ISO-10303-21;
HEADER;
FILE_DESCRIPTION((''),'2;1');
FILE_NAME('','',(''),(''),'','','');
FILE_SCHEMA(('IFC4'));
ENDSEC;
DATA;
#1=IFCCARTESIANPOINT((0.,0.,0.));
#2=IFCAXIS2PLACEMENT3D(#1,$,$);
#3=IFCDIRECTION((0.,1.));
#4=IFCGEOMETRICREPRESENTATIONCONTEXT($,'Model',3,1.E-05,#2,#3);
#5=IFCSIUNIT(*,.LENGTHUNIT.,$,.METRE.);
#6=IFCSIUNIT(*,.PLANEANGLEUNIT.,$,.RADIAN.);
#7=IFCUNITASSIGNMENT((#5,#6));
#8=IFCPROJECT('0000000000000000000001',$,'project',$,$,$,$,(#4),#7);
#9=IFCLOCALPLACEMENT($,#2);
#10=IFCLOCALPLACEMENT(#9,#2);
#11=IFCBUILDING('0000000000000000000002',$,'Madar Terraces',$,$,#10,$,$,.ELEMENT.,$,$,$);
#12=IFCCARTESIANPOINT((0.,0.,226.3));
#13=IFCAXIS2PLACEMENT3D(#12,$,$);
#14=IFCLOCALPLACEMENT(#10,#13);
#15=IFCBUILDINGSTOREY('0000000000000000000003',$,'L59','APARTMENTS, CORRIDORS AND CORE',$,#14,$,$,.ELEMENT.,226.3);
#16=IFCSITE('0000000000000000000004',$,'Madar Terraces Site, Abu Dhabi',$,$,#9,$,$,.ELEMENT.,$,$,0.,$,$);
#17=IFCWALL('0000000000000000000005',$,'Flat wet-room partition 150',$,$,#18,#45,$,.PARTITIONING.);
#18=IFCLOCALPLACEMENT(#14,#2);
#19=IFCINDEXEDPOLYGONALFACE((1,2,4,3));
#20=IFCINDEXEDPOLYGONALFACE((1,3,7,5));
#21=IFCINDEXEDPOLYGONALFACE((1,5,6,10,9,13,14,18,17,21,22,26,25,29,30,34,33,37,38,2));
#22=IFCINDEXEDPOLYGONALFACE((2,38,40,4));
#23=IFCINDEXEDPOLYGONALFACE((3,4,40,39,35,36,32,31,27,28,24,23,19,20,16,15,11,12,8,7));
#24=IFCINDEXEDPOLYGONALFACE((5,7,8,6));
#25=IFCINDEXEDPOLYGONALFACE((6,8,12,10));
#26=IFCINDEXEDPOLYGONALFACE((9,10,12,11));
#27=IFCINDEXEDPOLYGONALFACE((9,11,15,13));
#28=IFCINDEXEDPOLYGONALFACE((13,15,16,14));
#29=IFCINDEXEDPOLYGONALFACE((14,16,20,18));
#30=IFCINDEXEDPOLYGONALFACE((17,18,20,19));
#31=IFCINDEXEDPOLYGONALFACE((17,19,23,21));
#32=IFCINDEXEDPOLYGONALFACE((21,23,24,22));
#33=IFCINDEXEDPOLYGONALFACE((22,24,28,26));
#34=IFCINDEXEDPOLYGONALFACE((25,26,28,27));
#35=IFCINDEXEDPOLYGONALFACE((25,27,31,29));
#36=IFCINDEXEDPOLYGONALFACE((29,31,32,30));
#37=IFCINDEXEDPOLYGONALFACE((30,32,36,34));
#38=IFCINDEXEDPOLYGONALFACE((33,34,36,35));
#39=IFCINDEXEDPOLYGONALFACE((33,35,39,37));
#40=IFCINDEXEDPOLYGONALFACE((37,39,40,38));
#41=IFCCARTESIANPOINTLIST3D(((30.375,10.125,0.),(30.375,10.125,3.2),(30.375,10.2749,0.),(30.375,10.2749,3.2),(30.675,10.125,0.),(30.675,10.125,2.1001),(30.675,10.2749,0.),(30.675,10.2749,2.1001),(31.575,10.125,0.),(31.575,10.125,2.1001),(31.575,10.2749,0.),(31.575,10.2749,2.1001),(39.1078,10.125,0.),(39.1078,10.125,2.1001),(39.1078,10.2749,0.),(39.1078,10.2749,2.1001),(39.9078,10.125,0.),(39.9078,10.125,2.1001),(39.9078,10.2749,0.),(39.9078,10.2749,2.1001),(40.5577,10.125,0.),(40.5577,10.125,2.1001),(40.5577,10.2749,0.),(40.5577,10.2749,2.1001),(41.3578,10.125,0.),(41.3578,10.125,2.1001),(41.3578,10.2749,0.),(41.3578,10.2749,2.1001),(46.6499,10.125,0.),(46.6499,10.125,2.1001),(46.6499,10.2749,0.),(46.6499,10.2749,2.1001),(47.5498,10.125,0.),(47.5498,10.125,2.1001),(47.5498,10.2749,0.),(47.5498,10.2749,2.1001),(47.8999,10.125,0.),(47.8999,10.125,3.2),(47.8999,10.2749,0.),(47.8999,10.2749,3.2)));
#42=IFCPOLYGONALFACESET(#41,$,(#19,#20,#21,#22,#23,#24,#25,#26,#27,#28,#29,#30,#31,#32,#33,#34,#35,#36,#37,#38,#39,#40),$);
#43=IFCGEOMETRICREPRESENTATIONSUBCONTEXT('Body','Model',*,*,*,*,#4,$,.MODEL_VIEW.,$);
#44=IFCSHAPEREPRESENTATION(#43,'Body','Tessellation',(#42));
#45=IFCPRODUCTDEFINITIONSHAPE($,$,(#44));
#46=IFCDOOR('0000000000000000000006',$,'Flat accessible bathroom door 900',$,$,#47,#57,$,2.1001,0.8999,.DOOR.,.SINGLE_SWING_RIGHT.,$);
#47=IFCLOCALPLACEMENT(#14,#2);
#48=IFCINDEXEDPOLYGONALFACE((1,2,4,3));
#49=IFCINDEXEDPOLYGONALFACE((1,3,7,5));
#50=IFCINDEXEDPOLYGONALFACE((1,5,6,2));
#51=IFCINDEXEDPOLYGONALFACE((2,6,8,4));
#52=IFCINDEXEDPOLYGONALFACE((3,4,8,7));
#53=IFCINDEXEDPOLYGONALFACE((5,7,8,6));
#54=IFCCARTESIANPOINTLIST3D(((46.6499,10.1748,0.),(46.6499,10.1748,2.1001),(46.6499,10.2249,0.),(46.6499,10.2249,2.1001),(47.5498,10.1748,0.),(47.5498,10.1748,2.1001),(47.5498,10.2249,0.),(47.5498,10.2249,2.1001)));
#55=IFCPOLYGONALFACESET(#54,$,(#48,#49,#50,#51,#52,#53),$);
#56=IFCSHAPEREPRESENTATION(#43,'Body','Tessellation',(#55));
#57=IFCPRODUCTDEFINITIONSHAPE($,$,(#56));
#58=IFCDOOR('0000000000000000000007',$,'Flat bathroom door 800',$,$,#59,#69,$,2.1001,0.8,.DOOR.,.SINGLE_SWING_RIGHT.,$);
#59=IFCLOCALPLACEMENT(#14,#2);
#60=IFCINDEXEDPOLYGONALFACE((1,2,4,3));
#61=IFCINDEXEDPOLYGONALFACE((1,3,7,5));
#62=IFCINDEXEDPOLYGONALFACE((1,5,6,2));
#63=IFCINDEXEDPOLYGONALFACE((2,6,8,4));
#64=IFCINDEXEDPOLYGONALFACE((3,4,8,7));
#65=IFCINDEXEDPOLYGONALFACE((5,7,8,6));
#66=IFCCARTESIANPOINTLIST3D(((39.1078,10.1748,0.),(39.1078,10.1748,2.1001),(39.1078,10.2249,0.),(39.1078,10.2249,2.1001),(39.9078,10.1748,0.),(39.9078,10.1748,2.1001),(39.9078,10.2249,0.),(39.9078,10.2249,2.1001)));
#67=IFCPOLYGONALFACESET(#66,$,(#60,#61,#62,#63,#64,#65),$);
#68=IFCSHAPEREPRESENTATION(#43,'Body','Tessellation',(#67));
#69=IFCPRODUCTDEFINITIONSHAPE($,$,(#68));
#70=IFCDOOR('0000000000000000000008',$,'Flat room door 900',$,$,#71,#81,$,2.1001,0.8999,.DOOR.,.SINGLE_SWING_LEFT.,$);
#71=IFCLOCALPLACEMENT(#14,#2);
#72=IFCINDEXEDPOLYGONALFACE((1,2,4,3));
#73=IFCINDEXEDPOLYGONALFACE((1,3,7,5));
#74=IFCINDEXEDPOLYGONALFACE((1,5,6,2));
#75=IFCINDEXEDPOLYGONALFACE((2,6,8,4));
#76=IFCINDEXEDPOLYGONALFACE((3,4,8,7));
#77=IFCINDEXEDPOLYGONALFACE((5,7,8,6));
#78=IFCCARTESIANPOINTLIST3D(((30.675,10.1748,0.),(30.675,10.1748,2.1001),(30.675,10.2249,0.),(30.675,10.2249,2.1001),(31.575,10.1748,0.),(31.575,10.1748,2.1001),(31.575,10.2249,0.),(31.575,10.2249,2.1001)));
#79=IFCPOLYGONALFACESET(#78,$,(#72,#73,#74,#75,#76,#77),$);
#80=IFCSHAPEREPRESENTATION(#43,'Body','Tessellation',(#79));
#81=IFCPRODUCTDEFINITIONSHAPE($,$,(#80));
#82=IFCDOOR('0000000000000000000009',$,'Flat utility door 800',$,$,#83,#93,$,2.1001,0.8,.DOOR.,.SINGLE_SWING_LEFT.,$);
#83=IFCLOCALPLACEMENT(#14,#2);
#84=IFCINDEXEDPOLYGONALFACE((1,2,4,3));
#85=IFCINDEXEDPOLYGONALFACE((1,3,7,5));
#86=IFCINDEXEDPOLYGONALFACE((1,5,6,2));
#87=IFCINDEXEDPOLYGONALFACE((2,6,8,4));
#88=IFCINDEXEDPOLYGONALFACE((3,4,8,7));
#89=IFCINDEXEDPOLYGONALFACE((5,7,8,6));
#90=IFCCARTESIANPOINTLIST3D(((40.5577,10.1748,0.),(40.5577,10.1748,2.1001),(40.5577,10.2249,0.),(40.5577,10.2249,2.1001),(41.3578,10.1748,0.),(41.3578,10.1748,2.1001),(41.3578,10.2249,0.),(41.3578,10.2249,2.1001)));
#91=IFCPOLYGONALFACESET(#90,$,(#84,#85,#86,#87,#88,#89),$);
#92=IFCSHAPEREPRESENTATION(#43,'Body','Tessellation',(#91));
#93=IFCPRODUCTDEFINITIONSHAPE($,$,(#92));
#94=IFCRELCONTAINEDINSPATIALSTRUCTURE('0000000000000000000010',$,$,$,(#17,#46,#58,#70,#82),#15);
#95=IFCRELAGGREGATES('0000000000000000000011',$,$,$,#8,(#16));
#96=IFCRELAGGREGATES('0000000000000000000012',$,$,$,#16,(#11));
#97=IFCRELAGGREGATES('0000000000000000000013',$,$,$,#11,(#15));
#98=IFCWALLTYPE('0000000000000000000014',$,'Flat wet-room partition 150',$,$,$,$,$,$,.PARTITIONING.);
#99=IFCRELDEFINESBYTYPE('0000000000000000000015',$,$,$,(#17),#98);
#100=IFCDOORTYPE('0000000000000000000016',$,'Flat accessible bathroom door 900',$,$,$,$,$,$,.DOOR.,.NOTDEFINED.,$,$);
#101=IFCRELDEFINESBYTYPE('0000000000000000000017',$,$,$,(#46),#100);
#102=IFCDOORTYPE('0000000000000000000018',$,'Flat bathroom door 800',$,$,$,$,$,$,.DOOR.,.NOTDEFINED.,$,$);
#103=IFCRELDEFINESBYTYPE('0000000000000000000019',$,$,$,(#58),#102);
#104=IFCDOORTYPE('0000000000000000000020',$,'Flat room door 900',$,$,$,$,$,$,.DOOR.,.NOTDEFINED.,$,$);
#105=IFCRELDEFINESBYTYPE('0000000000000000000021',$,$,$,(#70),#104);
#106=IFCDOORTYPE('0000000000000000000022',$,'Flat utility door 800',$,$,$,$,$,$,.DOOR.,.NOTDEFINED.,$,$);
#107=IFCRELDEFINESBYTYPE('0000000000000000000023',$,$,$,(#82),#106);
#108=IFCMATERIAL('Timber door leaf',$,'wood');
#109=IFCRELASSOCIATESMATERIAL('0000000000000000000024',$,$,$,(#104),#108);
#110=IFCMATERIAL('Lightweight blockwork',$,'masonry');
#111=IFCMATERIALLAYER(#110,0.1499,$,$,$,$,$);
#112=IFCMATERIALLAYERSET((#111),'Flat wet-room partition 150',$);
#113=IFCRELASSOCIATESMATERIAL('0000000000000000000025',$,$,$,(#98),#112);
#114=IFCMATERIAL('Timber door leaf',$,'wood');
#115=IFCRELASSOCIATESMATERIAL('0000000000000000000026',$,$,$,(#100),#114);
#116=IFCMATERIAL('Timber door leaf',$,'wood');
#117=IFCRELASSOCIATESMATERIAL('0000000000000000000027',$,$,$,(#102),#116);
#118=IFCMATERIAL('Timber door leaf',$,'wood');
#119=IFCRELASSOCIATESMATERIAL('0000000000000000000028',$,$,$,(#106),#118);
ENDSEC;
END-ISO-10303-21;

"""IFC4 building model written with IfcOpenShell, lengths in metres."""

from ifc_helpers import new_model, si_unit, direction, frame, frame_2d, origin, place, context, subcontext, project, spatial, rectangle, extrude, material, layer, layer_set, type_object, element, fill, save


model = new_model("IFC4")

# Units and contexts
model_context = context("Model", 3, precision=1e-05, world=origin(), true_north=direction((0.0, 1.0)))
body_context = subcontext(model_context, "Body", "Model", "MODEL_VIEW")
ifc_project = project(units=[si_unit("LENGTHUNIT", "METRE"), si_unit("PLANEANGLEUNIT", "RADIAN")], contexts=[model_context])

# Site, building, storey
site_placement = place(None, origin())
site = spatial("IfcSite", under=ifc_project, at=site_placement, Name="Madar Terraces Site, Abu Dhabi", CompositionType="ELEMENT", RefElevation=0.0)
building_placement = place(site_placement, origin())
building = spatial("IfcBuilding", under=site, at=building_placement, Name="Madar Terraces", CompositionType="ELEMENT")
storey_placement = place(building_placement, frame((0.0, 0.0, 226.3)))
storey = spatial("IfcBuildingStorey", under=building, at=storey_placement, Name="L59", Description="APARTMENTS, CORRIDORS AND CORE", CompositionType="ELEMENT", Elevation=226.3)

# Shared definitions
ifc_material_1 = material(Name="Timber door leaf", Category="wood")
door_type_1 = type_object("IfcDoorType", Name="Flat room door 900", OperationType="NOTDEFINED", PredefinedType="DOOR", material=ifc_material_1)

# Shared definitions
ifc_material_2 = material(Name="Lightweight blockwork", Category="masonry")
ifc_layer_1 = layer(ifc_material_2, 0.1499)
ifc_layer_set_1 = layer_set([ifc_layer_1], Name="Flat wet-room partition 150")
wall_type_1 = type_object("IfcWallType", Name="Flat wet-room partition 150", PredefinedType="PARTITIONING", material=ifc_layer_set_1)

# Wall, openings, doors
wall_1_placement = place(storey_placement, frame((30.375, 10.2, 0.0), z_axis=(0.0, 0.0, 1.0), x_axis=(1.0, 0.0, 0.0)))
wall_1 = element("IfcWall", 1, at=wall_1_placement, inside=storey, type_object=wall_type_1, Name="Flat wet-room partition 150", PredefinedType="PARTITIONING", context=body_context, shape_type="SweptSolid", body=[
    extrude(rectangle(XDim=17.5249, YDim=0.1499, at=frame_2d((8.7625, 0.0))), origin(), (0.0, 0.0, 1.0), 3.2),
])
opening_1_placement = place(wall_1_placement, frame((0.3, 0.0, 0.0)))
opening_1 = element("IfcOpeningElement", 2, at=opening_1_placement, cuts=wall_1, PredefinedType="OPENING", context=body_context, shape_type="SweptSolid", body=[
    extrude(rectangle(XDim=0.8999, YDim=2.1001, at=frame_2d((0.45, 1.05))), frame((0.0, 0.085, 0.0), z_axis=(0.0, -1.0, 0.0), x_axis=(1.0, 0.0, 0.0)), (0.0, 0.0, 1.0), 0.1699),
])
opening_2_placement = place(wall_1_placement, frame((8.7329, 0.0, 0.0)))
opening_2 = element("IfcOpeningElement", 3, at=opening_2_placement, cuts=wall_1, PredefinedType="OPENING", context=body_context, shape_type="SweptSolid", body=[
    extrude(rectangle(XDim=0.8, YDim=2.1001, at=frame_2d((0.3999, 1.05))), frame((0.0, 0.085, 0.0), z_axis=(0.0, -1.0, 0.0), x_axis=(1.0, 0.0, 0.0)), (0.0, 0.0, 1.0), 0.1699),
])
opening_3_placement = place(wall_1_placement, frame((10.1829, 0.0, 0.0)))
opening_3 = element("IfcOpeningElement", 4, at=opening_3_placement, cuts=wall_1, PredefinedType="OPENING", context=body_context, shape_type="SweptSolid", body=[
    extrude(rectangle(XDim=0.8, YDim=2.1001, at=frame_2d((0.3999, 1.05))), frame((0.0, 0.085, 0.0), z_axis=(0.0, -1.0, 0.0), x_axis=(1.0, 0.0, 0.0)), (0.0, 0.0, 1.0), 0.1699),
])
opening_4_placement = place(wall_1_placement, frame((16.2749, 0.0, 0.0)))
opening_4 = element("IfcOpeningElement", 5, at=opening_4_placement, cuts=wall_1, PredefinedType="OPENING", context=body_context, shape_type="SweptSolid", body=[
    extrude(rectangle(XDim=0.8999, YDim=2.1001, at=frame_2d((0.45, 1.05))), frame((0.0, 0.085, 0.0), z_axis=(0.0, -1.0, 0.0), x_axis=(1.0, 0.0, 0.0)), (0.0, 0.0, 1.0), 0.1699),
])
ifc_material_3 = material(Name="Timber door leaf", Category="wood")
door_type_2 = type_object("IfcDoorType", Name="Flat accessible bathroom door 900", OperationType="NOTDEFINED", PredefinedType="DOOR", material=ifc_material_3)
door_1_placement = place(opening_4_placement, origin())
door_1 = element("IfcDoor", 6, at=door_1_placement, inside=storey, type_object=door_type_2, Name="Flat accessible bathroom door 900", OperationType="SINGLE_SWING_RIGHT", OverallHeight=2.1001, OverallWidth=0.8999, PredefinedType="DOOR", context=body_context, shape_type="SweptSolid", body=[
    extrude(rectangle(XDim=0.8999, YDim=2.1001, at=frame_2d((0.45, 1.05))), frame((0.0, 0.0249, 0.0), z_axis=(0.0, -1.0, 0.0), x_axis=(1.0, 0.0, 0.0)), (0.0, 0.0, 1.0), 0.05),
])
fill(opening_4, door_1)
ifc_material_4 = material(Name="Timber door leaf", Category="wood")
door_type_3 = type_object("IfcDoorType", Name="Flat bathroom door 800", OperationType="NOTDEFINED", PredefinedType="DOOR", material=ifc_material_4)
door_2_placement = place(opening_2_placement, origin())
door_2 = element("IfcDoor", 7, at=door_2_placement, inside=storey, type_object=door_type_3, Name="Flat bathroom door 800", OperationType="SINGLE_SWING_RIGHT", OverallHeight=2.1001, OverallWidth=0.8, PredefinedType="DOOR", context=body_context, shape_type="SweptSolid", body=[
    extrude(rectangle(XDim=0.8, YDim=2.1001, at=frame_2d((0.3999, 1.05))), frame((0.0, 0.0249, 0.0), z_axis=(0.0, -1.0, 0.0), x_axis=(1.0, 0.0, 0.0)), (0.0, 0.0, 1.0), 0.05),
])
fill(opening_2, door_2)
door_3_placement = place(opening_1_placement, origin())
door_3 = element("IfcDoor", 8, at=door_3_placement, inside=storey, type_object=door_type_1, Name="Flat room door 900", OperationType="SINGLE_SWING_LEFT", OverallHeight=2.1001, OverallWidth=0.8999, PredefinedType="DOOR", context=body_context, shape_type="SweptSolid", body=[
    extrude(rectangle(XDim=0.8999, YDim=2.1001, at=frame_2d((0.45, 1.05))), frame((0.0, 0.0249, 0.0), z_axis=(0.0, -1.0, 0.0), x_axis=(1.0, 0.0, 0.0)), (0.0, 0.0, 1.0), 0.05),
])
fill(opening_1, door_3)
ifc_material_5 = material(Name="Timber door leaf", Category="wood")
door_type_4 = type_object("IfcDoorType", Name="Flat utility door 800", OperationType="NOTDEFINED", PredefinedType="DOOR", material=ifc_material_5)
door_4_placement = place(opening_3_placement, origin())
door_4 = element("IfcDoor", 9, at=door_4_placement, inside=storey, type_object=door_type_4, Name="Flat utility door 800", OperationType="SINGLE_SWING_LEFT", OverallHeight=2.1001, OverallWidth=0.8, PredefinedType="DOOR", context=body_context, shape_type="SweptSolid", body=[
    extrude(rectangle(XDim=0.8, YDim=2.1001, at=frame_2d((0.3999, 1.05))), frame((0.0, 0.0249, 0.0), z_axis=(0.0, -1.0, 0.0), x_axis=(1.0, 0.0, 0.0)), (0.0, 0.0, 1.0), 0.05),
])
fill(opening_3, door_4)

save(model, "model.ifc")
